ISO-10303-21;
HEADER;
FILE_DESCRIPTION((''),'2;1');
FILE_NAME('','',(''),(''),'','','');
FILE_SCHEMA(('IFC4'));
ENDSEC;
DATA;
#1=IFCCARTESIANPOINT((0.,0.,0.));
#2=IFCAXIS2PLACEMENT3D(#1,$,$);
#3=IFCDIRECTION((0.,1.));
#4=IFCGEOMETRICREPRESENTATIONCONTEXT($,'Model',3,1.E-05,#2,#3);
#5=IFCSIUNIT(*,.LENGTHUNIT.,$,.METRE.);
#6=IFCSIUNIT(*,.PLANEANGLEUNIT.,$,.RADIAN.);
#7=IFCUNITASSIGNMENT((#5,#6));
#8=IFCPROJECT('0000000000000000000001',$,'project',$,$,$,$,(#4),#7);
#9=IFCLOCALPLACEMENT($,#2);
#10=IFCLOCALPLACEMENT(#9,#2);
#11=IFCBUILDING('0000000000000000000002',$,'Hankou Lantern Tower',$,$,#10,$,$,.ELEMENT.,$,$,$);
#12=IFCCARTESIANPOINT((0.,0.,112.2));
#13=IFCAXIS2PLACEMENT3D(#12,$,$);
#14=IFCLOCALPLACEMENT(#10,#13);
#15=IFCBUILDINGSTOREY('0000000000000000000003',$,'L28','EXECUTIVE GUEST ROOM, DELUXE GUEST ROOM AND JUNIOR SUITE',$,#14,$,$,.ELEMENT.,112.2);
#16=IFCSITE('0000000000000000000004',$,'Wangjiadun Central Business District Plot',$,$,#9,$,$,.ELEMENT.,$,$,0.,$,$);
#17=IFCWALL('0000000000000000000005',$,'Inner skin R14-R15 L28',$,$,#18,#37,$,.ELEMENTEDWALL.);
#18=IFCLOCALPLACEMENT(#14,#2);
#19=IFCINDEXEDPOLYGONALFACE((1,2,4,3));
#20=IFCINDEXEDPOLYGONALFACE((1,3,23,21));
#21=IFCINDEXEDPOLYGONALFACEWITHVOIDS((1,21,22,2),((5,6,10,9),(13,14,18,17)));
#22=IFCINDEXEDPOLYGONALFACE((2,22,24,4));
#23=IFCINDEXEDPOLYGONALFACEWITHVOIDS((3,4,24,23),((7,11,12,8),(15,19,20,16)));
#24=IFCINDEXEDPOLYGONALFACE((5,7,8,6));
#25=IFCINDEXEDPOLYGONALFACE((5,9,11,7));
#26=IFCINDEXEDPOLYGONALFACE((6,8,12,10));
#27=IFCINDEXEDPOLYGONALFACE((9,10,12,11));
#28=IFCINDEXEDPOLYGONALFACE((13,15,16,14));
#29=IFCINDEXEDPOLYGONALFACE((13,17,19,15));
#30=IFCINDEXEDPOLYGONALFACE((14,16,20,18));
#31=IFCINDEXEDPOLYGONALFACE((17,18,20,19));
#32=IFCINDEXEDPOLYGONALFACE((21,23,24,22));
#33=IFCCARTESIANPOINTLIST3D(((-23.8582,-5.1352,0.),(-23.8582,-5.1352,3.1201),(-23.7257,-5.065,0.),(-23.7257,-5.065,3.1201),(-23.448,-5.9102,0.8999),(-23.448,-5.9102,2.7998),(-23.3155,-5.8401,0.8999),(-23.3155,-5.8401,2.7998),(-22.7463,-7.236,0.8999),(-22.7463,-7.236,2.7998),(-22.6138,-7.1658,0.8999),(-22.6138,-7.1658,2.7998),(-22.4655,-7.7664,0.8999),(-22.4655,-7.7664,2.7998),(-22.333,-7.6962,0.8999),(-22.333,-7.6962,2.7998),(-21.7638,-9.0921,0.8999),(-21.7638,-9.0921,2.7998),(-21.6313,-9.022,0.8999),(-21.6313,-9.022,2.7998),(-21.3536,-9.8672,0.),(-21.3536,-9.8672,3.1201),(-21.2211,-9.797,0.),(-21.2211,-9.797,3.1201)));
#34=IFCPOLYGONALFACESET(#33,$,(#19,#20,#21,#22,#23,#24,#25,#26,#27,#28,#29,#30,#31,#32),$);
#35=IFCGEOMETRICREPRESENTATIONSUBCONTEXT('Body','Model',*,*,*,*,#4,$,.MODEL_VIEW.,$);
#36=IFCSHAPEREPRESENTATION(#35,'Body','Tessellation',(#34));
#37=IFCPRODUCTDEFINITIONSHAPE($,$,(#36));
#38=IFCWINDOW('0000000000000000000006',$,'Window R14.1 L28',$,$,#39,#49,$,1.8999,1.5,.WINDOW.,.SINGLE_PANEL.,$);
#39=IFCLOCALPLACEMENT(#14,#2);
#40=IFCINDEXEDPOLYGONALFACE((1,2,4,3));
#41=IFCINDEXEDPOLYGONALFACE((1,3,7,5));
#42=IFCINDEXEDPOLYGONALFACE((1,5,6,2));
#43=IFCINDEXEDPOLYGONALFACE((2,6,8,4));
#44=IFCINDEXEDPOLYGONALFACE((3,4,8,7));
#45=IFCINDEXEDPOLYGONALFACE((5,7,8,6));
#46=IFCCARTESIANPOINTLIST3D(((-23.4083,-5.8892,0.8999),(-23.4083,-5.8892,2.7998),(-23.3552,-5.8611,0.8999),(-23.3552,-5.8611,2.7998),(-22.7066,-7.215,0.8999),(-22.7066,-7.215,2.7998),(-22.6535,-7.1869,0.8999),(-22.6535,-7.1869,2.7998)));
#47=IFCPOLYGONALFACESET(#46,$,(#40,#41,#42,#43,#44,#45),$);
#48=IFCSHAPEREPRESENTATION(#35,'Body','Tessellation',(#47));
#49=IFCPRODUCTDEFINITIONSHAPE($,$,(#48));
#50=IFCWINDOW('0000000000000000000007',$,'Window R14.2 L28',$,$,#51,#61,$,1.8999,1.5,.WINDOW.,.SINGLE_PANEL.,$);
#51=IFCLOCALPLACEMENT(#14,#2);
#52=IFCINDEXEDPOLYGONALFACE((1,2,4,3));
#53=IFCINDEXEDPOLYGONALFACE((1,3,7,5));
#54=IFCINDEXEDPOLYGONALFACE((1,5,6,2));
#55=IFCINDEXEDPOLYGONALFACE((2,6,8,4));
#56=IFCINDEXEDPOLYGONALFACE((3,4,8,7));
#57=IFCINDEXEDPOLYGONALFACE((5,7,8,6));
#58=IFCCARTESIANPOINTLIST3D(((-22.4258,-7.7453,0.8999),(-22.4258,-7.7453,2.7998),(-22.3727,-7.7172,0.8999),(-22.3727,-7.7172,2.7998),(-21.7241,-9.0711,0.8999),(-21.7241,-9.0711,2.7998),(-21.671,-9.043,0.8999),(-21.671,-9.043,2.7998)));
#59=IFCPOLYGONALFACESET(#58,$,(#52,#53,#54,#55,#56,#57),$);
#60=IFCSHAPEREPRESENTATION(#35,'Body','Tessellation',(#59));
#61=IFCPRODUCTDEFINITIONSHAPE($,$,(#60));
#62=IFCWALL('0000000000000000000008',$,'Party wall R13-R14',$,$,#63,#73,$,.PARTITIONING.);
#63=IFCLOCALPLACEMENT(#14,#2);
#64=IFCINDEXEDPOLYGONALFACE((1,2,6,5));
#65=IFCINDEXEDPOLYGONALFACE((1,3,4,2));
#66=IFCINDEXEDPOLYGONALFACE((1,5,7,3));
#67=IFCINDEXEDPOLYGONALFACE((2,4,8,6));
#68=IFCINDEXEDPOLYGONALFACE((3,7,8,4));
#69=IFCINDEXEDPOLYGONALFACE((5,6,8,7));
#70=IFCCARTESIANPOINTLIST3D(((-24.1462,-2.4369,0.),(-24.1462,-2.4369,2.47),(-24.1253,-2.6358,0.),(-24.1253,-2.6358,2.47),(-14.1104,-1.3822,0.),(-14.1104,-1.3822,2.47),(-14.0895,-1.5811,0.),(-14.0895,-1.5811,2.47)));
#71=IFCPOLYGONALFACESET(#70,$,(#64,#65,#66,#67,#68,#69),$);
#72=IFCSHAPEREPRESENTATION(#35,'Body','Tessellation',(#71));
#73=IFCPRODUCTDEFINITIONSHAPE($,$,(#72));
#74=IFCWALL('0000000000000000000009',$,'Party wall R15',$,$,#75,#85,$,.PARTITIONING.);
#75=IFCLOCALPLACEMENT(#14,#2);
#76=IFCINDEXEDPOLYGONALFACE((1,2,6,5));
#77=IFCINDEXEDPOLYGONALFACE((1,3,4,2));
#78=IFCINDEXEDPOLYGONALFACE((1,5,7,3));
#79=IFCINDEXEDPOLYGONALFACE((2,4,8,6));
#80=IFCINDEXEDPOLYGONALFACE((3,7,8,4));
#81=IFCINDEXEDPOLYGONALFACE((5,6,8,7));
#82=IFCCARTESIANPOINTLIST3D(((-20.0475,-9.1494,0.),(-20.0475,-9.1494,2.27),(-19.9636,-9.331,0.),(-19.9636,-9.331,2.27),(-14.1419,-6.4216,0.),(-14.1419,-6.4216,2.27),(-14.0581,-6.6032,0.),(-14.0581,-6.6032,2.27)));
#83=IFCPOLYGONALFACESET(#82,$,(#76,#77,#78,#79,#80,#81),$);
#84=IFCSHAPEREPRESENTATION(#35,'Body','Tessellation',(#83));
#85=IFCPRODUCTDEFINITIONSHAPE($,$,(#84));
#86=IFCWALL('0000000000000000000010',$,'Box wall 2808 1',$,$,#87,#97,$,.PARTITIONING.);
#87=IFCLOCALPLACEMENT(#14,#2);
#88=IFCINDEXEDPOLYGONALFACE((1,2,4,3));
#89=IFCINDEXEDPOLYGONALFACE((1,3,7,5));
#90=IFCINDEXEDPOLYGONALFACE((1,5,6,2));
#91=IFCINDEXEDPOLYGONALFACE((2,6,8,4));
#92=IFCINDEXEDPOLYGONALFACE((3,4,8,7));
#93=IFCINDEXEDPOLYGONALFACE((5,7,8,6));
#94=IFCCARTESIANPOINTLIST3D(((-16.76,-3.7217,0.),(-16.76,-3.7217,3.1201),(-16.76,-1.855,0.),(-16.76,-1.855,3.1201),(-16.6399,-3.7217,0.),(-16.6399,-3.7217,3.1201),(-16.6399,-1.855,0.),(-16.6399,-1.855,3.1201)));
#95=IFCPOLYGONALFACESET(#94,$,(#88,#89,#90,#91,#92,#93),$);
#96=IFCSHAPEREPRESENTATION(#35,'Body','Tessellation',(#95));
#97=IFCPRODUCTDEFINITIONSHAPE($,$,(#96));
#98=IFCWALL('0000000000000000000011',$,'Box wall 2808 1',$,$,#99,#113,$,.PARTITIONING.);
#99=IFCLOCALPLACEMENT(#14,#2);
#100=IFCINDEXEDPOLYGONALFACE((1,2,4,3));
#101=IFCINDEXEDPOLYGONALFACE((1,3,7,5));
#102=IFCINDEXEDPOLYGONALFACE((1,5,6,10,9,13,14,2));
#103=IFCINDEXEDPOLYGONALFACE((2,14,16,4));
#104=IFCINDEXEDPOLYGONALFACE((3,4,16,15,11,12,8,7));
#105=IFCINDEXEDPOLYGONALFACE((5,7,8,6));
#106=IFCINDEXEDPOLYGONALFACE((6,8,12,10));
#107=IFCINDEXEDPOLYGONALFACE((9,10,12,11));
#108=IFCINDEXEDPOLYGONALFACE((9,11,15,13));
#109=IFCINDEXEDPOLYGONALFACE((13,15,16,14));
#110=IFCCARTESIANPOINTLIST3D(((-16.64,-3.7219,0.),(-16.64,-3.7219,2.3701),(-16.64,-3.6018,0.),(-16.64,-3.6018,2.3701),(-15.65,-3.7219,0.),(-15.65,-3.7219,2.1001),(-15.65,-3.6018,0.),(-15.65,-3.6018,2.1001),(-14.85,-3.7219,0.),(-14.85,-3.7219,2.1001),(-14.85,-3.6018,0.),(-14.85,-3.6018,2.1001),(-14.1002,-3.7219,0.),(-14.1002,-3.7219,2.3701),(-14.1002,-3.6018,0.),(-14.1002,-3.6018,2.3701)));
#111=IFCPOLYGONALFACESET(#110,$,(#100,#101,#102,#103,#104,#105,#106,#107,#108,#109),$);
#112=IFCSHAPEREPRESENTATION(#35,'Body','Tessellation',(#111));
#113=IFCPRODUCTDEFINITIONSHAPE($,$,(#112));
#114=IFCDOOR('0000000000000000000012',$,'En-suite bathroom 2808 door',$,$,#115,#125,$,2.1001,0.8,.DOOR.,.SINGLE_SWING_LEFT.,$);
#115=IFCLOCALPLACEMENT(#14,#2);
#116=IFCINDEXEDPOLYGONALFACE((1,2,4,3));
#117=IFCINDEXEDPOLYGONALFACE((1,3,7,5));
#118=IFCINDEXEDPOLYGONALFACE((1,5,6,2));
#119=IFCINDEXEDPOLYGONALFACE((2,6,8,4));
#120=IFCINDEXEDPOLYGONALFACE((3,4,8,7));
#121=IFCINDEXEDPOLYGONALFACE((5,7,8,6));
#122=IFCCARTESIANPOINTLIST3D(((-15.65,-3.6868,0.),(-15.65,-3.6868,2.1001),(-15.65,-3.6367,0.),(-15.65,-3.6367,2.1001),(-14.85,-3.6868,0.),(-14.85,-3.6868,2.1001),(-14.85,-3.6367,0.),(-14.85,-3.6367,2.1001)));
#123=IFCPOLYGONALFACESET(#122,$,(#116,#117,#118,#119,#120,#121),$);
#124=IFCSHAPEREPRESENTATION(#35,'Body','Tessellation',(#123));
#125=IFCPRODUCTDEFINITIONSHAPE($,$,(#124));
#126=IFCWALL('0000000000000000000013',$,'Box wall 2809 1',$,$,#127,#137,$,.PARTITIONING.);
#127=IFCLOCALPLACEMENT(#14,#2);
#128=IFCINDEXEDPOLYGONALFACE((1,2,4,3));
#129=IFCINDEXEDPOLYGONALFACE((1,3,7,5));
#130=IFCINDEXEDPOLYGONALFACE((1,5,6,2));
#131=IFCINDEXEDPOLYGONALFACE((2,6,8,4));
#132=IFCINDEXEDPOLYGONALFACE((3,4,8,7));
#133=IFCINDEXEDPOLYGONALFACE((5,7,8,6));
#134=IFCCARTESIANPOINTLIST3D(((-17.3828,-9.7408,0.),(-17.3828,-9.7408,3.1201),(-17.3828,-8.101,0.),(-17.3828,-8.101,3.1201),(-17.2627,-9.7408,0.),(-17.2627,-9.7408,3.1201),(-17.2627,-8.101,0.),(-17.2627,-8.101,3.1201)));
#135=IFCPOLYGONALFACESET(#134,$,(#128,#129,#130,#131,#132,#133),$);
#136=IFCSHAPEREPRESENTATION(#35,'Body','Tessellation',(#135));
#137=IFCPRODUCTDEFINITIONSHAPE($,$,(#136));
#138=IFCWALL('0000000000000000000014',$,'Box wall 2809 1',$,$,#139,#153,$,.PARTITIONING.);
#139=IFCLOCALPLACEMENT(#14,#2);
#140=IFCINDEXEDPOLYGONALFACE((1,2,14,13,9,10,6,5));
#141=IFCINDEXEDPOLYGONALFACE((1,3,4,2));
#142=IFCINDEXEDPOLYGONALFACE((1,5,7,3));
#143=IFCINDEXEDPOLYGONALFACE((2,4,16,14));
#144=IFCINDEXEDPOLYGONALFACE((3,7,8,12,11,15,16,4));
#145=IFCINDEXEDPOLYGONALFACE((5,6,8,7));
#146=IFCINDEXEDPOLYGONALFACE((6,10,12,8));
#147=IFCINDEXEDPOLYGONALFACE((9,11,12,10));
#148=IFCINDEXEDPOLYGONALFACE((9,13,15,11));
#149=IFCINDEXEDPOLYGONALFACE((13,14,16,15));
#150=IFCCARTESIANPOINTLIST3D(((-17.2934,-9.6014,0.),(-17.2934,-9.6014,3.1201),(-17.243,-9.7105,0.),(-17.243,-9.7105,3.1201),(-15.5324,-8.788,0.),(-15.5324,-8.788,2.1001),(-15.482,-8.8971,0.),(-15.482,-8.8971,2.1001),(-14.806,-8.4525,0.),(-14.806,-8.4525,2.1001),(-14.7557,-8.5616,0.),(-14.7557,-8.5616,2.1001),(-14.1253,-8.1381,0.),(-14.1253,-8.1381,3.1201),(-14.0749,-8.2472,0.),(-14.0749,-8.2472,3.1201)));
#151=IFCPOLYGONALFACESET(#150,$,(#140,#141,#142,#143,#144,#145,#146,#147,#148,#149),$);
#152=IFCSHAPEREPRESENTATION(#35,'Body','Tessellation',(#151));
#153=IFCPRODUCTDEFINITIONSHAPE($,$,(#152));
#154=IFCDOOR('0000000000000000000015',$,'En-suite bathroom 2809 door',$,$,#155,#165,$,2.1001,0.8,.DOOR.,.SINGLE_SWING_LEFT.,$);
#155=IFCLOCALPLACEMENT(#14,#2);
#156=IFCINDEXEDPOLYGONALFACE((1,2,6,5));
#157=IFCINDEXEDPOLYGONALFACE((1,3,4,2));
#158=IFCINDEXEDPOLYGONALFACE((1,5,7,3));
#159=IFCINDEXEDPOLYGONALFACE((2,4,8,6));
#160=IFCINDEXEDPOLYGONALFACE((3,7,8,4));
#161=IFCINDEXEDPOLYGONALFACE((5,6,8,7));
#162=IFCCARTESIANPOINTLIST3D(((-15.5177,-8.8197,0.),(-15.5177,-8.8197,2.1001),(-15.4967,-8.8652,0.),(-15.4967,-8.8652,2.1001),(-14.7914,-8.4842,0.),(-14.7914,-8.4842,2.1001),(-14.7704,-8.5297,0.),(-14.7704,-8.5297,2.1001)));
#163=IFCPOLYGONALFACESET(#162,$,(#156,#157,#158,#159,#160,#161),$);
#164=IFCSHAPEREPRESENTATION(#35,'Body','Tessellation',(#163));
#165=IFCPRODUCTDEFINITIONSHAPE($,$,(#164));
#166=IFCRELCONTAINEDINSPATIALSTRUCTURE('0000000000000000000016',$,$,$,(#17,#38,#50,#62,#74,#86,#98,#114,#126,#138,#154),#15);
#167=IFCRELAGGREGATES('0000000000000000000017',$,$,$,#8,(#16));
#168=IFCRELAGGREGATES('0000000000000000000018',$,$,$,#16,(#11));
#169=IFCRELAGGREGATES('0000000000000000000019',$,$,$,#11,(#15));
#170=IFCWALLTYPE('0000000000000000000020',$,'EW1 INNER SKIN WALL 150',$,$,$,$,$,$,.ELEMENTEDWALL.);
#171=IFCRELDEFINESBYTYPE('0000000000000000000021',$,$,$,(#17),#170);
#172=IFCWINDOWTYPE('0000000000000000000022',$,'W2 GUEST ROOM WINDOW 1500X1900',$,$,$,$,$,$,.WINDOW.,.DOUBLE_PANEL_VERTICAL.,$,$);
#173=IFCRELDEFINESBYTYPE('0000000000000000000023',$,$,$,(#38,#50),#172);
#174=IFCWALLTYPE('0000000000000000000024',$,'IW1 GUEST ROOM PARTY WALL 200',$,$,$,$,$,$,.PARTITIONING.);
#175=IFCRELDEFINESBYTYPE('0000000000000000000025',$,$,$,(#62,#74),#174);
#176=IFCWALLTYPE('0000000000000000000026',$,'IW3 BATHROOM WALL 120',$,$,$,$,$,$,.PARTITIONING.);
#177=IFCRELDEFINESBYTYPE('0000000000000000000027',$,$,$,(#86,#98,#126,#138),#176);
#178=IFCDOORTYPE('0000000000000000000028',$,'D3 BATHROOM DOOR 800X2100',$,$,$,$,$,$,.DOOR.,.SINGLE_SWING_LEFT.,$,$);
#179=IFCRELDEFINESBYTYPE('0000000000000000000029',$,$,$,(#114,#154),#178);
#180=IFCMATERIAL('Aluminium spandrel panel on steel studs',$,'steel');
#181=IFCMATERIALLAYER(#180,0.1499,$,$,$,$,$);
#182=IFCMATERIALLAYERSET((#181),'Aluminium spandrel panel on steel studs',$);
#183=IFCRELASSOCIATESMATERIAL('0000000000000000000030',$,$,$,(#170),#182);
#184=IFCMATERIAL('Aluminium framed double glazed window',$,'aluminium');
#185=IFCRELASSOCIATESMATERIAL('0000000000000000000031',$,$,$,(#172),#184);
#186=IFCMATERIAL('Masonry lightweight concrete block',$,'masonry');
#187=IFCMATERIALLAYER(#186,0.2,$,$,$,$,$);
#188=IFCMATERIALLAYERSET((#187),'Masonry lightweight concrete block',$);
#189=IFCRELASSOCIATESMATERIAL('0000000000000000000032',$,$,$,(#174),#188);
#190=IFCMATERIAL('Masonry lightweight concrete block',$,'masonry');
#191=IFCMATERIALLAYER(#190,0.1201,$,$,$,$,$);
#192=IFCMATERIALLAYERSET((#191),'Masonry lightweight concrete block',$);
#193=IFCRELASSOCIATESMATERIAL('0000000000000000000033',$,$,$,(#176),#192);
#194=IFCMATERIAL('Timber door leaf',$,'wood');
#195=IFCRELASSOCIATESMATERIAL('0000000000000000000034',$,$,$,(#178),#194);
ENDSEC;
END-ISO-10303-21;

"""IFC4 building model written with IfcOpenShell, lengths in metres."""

from ifc_helpers import new_model, si_unit, direction, frame, frame_2d, origin, place, context, subcontext, project, spatial, rectangle, extrude, material, layer, layer_set, type_object, element, fill, save


model = new_model("IFC4")

# Units and contexts
model_context = context("Model", 3, precision=1e-05, world=origin(), true_north=direction((0.0, 1.0)))
body_context = subcontext(model_context, "Body", "Model", "MODEL_VIEW")
ifc_project = project(units=[si_unit("LENGTHUNIT", "METRE"), si_unit("PLANEANGLEUNIT", "RADIAN")], contexts=[model_context])

# Site, building, storey
site_placement = place(None, origin())
site = spatial("IfcSite", under=ifc_project, at=site_placement, Name="Wangjiadun Central Business District Plot", CompositionType="ELEMENT", RefElevation=0.0)
building_placement = place(site_placement, origin())
building = spatial("IfcBuilding", under=site, at=building_placement, Name="Hankou Lantern Tower", CompositionType="ELEMENT")
storey_placement = place(building_placement, frame((0.0, 0.0, 112.2)))
storey = spatial("IfcBuildingStorey", under=building, at=storey_placement, Name="L28", Description="EXECUTIVE GUEST ROOM, DELUXE GUEST ROOM AND JUNIOR SUITE", CompositionType="ELEMENT", Elevation=112.2)

# Wall, openings, windows
ifc_material_1 = material(Name="Aluminium spandrel panel on steel studs", Category="steel")
ifc_layer_1 = layer(ifc_material_1, 0.1499)
ifc_layer_set_1 = layer_set([ifc_layer_1], Name="Aluminium spandrel panel on steel studs")
wall_type_1 = type_object("IfcWallType", Name="EW1 INNER SKIN WALL 150", PredefinedType="ELEMENTEDWALL", material=ifc_layer_set_1)
ifc_material_2 = material(Name="Aluminium framed double glazed window", Category="aluminium")
window_type = type_object("IfcWindowType", Name="W2 GUEST ROOM WINDOW 1500X1900", PartitioningType="DOUBLE_PANEL_VERTICAL", PredefinedType="WINDOW", material=ifc_material_2)
wall_1_placement = place(storey_placement, frame((-23.792, -5.1001, 0.0), z_axis=(0.0, 0.0, 1.0), x_axis=(0.467814, -0.883827, 0.0)))
wall_1 = element("IfcWall", 1, at=wall_1_placement, inside=storey, type_object=wall_type_1, Name="Inner skin R14-R15 L28", PredefinedType="ELEMENTEDWALL", context=body_context, shape_type="SweptSolid", body=[
    extrude(rectangle(XDim=5.354, YDim=0.1499, at=frame_2d((2.677, 0.0))), origin(), (0.0, 0.0, 1.0), 3.1201),
])
opening_1_placement = place(wall_1_placement, frame((0.877, 0.0, 0.8999)))
opening_1 = element("IfcOpeningElement", 2, at=opening_1_placement, cuts=wall_1, PredefinedType="OPENING", context=body_context, shape_type="SweptSolid", body=[
    extrude(rectangle(XDim=1.5, YDim=1.8999, at=frame_2d((0.75, 0.95))), frame((0.0, 0.085, 0.0), z_axis=(0.0, -1.0, 0.0), x_axis=(1.0, 0.0, 0.0)), (0.0, 0.0, 1.0), 0.1699),
])
opening_2_placement = place(wall_1_placement, frame((2.9771, 0.0, 0.8999)))
opening_2 = element("IfcOpeningElement", 3, at=opening_2_placement, cuts=wall_1, PredefinedType="OPENING", context=body_context, shape_type="SweptSolid", body=[
    extrude(rectangle(XDim=1.5, YDim=1.8999, at=frame_2d((0.75, 0.95))), frame((0.0, 0.085, 0.0), z_axis=(0.0, -1.0, 0.0), x_axis=(1.0, 0.0, 0.0)), (0.0, 0.0, 1.0), 0.1699),
])
window_1_placement = place(opening_1_placement, origin())
window_1 = element("IfcWindow", 4, at=window_1_placement, inside=storey, type_object=window_type, Name="Window R14.1 L28", OverallHeight=1.8999, OverallWidth=1.5, PartitioningType="SINGLE_PANEL", PredefinedType="WINDOW", context=body_context, shape_type="SweptSolid", body=[
    extrude(rectangle(XDim=1.5, YDim=1.8999, at=frame_2d((0.75, 0.95))), frame((0.0, 0.03, 0.0), z_axis=(0.0, -1.0, 0.0), x_axis=(1.0, 0.0, 0.0)), (0.0, 0.0, 1.0), 0.0601),
])
fill(opening_1, window_1)
window_2_placement = place(opening_2_placement, origin())
window_2 = element("IfcWindow", 5, at=window_2_placement, inside=storey, type_object=window_type, Name="Window R14.2 L28", OverallHeight=1.8999, OverallWidth=1.5, PartitioningType="SINGLE_PANEL", PredefinedType="WINDOW", context=body_context, shape_type="SweptSolid", body=[
    extrude(rectangle(XDim=1.5, YDim=1.8999, at=frame_2d((0.75, 0.95))), frame((0.0, 0.03, 0.0), z_axis=(0.0, -1.0, 0.0), x_axis=(1.0, 0.0, 0.0)), (0.0, 0.0, 1.0), 0.0601),
])
fill(opening_2, window_2)

# Walls
ifc_material_3 = material(Name="Masonry lightweight concrete block", Category="masonry")
ifc_layer_2 = layer(ifc_material_3, 0.2)
ifc_layer_set_2 = layer_set([ifc_layer_2], Name="Masonry lightweight concrete block")
wall_type_2 = type_object("IfcWallType", Name="IW1 GUEST ROOM PARTY WALL 200", PredefinedType="PARTITIONING", material=ifc_layer_set_2)
wall_2_placement = place(storey_placement, frame((-14.1001, -1.4817, 0.0), z_axis=(0.0, 0.0, 1.0), x_axis=(-0.994523, -0.104516, 0.0)))
element("IfcWall", 6, at=wall_2_placement, inside=storey, type_object=wall_type_2, Name="Party wall R13-R14", PredefinedType="PARTITIONING", context=body_context, shape_type="SweptSolid", body=[
    extrude(rectangle(XDim=10.0911, YDim=0.2, at=frame_2d((5.0454, 0.0))), origin(), (0.0, 0.0, 1.0), 2.47),
])
wall_3_placement = place(storey_placement, frame((-14.1001, -6.5125, 0.0), z_axis=(0.0, 0.0, 1.0), x_axis=(-0.907833, -0.419332, 0.0)))
element("IfcWall", 7, at=wall_3_placement, inside=storey, type_object=wall_type_2, Name="Party wall R15", PredefinedType="PARTITIONING", context=body_context, shape_type="SweptSolid", body=[
    extrude(rectangle(XDim=6.5051, YDim=0.2, at=frame_2d((3.2524, 0.0))), origin(), (0.0, 0.0, 1.0), 2.27),
])
ifc_material_4 = material(Name="Masonry lightweight concrete block", Category="masonry")
ifc_layer_3 = layer(ifc_material_4, 0.1201)
ifc_layer_set_3 = layer_set([ifc_layer_3], Name="Masonry lightweight concrete block")
wall_type_3 = type_object("IfcWallType", Name="IW3 BATHROOM WALL 120", PredefinedType="PARTITIONING", material=ifc_layer_set_3)
wall_4_placement = place(storey_placement, frame((-16.7, -1.855, 0.0), z_axis=(0.0, 0.0, 1.0), x_axis=(0.0, -1.0, 0.0)))
element("IfcWall", 8, at=wall_4_placement, inside=storey, type_object=wall_type_3, Name="Box wall 2808 1", PredefinedType="PARTITIONING", context=body_context, shape_type="SweptSolid", body=[
    extrude(rectangle(XDim=1.8667, YDim=0.1201, at=frame_2d((0.9333, 0.0))), origin(), (0.0, 0.0, 1.0), 3.1201),
])

# Wall, opening, door
wall_5_placement = place(storey_placement, frame((-14.1001, -3.6619, 0.0), z_axis=(0.0, 0.0, 1.0), x_axis=(-1.0, 0.0, 0.0)))
wall_5 = element("IfcWall", 9, at=wall_5_placement, inside=storey, type_object=wall_type_3, Name="Box wall 2808 1", PredefinedType="PARTITIONING", context=body_context, shape_type="SweptSolid", body=[
    extrude(rectangle(XDim=2.5398, YDim=0.1201, at=frame_2d((1.27, 0.0))), origin(), (0.0, 0.0, 1.0), 2.3701),
])
opening_3_placement = place(wall_5_placement, frame((0.75, 0.0, 0.0)))
opening_3 = element("IfcOpeningElement", 10, at=opening_3_placement, cuts=wall_5, PredefinedType="OPENING", context=body_context, shape_type="SweptSolid", body=[
    extrude(rectangle(XDim=0.8, YDim=2.1001, at=frame_2d((0.3999, 1.05))), frame((0.0, 0.0701, 0.0), z_axis=(0.0, -1.0, 0.0), x_axis=(1.0, 0.0, 0.0)), (0.0, 0.0, 1.0), 0.1401),
])
ifc_material_5 = material(Name="Timber door leaf", Category="wood")
door_type = type_object("IfcDoorType", Name="D3 BATHROOM DOOR 800X2100", OperationType="SINGLE_SWING_LEFT", PredefinedType="DOOR", material=ifc_material_5)
door_1_placement = place(opening_3_placement, origin())
door_1 = element("IfcDoor", 11, at=door_1_placement, inside=storey, type_object=door_type, Name="En-suite bathroom 2808 door", OperationType="SINGLE_SWING_LEFT", OverallHeight=2.1001, OverallWidth=0.8, PredefinedType="DOOR", context=body_context, shape_type="SweptSolid", body=[
    extrude(rectangle(XDim=0.8, YDim=2.1001, at=frame_2d((0.3999, 1.05))), frame((0.0, 0.0249, 0.0), z_axis=(0.0, -1.0, 0.0), x_axis=(1.0, 0.0, 0.0)), (0.0, 0.0, 1.0), 0.05),
])
fill(opening_3, door_1)

# Wall
wall_6_placement = place(storey_placement, frame((-17.3228, -8.1011, 0.0), z_axis=(0.0, 0.0, 1.0), x_axis=(0.0, -1.0, 0.0)))
element("IfcWall", 12, at=wall_6_placement, inside=storey, type_object=wall_type_3, Name="Box wall 2809 1", PredefinedType="PARTITIONING", context=body_context, shape_type="SweptSolid", body=[
    extrude(rectangle(XDim=1.6399, YDim=0.1201, at=frame_2d((0.8198, 0.0))), origin(), (0.0, 0.0, 1.0), 3.1201),
])

# Wall, opening, door
wall_7_placement = place(storey_placement, frame((-14.1001, -8.1926, 0.0), z_axis=(0.0, 0.0, 1.0), x_axis=(-0.907836, -0.419324, 0.0)))
wall_7 = element("IfcWall", 13, at=wall_7_placement, inside=storey, type_object=wall_type_3, Name="Box wall 2809 1", PredefinedType="PARTITIONING", context=body_context, shape_type="SweptSolid", body=[
    extrude(rectangle(XDim=3.4897, YDim=0.1201, at=frame_2d((1.7449, 0.0))), origin(), (0.0, 0.0, 1.0), 3.1201),
])
opening_4_placement = place(wall_7_placement, frame((0.75, 0.0, 0.0)))
opening_4 = element("IfcOpeningElement", 14, at=opening_4_placement, cuts=wall_7, PredefinedType="OPENING", context=body_context, shape_type="SweptSolid", body=[
    extrude(rectangle(XDim=0.8, YDim=2.1001, at=frame_2d((0.3999, 1.05))), frame((0.0, 0.0701, 0.0), z_axis=(0.0, -1.0, 0.0), x_axis=(1.0, 0.0, 0.0)), (0.0, 0.0, 1.0), 0.1401),
])
door_2_placement = place(opening_4_placement, origin())
door_2 = element("IfcDoor", 15, at=door_2_placement, inside=storey, type_object=door_type, Name="En-suite bathroom 2809 door", OperationType="SINGLE_SWING_LEFT", OverallHeight=2.1001, OverallWidth=0.8, PredefinedType="DOOR", context=body_context, shape_type="SweptSolid", body=[
    extrude(rectangle(XDim=0.8, YDim=2.1001, at=frame_2d((0.3999, 1.05))), frame((0.0, 0.0249, 0.0), z_axis=(0.0, -1.0, 0.0), x_axis=(1.0, 0.0, 0.0)), (0.0, 0.0, 1.0), 0.05),
])
fill(opening_4, door_2)

save(model, "model.ifc")
